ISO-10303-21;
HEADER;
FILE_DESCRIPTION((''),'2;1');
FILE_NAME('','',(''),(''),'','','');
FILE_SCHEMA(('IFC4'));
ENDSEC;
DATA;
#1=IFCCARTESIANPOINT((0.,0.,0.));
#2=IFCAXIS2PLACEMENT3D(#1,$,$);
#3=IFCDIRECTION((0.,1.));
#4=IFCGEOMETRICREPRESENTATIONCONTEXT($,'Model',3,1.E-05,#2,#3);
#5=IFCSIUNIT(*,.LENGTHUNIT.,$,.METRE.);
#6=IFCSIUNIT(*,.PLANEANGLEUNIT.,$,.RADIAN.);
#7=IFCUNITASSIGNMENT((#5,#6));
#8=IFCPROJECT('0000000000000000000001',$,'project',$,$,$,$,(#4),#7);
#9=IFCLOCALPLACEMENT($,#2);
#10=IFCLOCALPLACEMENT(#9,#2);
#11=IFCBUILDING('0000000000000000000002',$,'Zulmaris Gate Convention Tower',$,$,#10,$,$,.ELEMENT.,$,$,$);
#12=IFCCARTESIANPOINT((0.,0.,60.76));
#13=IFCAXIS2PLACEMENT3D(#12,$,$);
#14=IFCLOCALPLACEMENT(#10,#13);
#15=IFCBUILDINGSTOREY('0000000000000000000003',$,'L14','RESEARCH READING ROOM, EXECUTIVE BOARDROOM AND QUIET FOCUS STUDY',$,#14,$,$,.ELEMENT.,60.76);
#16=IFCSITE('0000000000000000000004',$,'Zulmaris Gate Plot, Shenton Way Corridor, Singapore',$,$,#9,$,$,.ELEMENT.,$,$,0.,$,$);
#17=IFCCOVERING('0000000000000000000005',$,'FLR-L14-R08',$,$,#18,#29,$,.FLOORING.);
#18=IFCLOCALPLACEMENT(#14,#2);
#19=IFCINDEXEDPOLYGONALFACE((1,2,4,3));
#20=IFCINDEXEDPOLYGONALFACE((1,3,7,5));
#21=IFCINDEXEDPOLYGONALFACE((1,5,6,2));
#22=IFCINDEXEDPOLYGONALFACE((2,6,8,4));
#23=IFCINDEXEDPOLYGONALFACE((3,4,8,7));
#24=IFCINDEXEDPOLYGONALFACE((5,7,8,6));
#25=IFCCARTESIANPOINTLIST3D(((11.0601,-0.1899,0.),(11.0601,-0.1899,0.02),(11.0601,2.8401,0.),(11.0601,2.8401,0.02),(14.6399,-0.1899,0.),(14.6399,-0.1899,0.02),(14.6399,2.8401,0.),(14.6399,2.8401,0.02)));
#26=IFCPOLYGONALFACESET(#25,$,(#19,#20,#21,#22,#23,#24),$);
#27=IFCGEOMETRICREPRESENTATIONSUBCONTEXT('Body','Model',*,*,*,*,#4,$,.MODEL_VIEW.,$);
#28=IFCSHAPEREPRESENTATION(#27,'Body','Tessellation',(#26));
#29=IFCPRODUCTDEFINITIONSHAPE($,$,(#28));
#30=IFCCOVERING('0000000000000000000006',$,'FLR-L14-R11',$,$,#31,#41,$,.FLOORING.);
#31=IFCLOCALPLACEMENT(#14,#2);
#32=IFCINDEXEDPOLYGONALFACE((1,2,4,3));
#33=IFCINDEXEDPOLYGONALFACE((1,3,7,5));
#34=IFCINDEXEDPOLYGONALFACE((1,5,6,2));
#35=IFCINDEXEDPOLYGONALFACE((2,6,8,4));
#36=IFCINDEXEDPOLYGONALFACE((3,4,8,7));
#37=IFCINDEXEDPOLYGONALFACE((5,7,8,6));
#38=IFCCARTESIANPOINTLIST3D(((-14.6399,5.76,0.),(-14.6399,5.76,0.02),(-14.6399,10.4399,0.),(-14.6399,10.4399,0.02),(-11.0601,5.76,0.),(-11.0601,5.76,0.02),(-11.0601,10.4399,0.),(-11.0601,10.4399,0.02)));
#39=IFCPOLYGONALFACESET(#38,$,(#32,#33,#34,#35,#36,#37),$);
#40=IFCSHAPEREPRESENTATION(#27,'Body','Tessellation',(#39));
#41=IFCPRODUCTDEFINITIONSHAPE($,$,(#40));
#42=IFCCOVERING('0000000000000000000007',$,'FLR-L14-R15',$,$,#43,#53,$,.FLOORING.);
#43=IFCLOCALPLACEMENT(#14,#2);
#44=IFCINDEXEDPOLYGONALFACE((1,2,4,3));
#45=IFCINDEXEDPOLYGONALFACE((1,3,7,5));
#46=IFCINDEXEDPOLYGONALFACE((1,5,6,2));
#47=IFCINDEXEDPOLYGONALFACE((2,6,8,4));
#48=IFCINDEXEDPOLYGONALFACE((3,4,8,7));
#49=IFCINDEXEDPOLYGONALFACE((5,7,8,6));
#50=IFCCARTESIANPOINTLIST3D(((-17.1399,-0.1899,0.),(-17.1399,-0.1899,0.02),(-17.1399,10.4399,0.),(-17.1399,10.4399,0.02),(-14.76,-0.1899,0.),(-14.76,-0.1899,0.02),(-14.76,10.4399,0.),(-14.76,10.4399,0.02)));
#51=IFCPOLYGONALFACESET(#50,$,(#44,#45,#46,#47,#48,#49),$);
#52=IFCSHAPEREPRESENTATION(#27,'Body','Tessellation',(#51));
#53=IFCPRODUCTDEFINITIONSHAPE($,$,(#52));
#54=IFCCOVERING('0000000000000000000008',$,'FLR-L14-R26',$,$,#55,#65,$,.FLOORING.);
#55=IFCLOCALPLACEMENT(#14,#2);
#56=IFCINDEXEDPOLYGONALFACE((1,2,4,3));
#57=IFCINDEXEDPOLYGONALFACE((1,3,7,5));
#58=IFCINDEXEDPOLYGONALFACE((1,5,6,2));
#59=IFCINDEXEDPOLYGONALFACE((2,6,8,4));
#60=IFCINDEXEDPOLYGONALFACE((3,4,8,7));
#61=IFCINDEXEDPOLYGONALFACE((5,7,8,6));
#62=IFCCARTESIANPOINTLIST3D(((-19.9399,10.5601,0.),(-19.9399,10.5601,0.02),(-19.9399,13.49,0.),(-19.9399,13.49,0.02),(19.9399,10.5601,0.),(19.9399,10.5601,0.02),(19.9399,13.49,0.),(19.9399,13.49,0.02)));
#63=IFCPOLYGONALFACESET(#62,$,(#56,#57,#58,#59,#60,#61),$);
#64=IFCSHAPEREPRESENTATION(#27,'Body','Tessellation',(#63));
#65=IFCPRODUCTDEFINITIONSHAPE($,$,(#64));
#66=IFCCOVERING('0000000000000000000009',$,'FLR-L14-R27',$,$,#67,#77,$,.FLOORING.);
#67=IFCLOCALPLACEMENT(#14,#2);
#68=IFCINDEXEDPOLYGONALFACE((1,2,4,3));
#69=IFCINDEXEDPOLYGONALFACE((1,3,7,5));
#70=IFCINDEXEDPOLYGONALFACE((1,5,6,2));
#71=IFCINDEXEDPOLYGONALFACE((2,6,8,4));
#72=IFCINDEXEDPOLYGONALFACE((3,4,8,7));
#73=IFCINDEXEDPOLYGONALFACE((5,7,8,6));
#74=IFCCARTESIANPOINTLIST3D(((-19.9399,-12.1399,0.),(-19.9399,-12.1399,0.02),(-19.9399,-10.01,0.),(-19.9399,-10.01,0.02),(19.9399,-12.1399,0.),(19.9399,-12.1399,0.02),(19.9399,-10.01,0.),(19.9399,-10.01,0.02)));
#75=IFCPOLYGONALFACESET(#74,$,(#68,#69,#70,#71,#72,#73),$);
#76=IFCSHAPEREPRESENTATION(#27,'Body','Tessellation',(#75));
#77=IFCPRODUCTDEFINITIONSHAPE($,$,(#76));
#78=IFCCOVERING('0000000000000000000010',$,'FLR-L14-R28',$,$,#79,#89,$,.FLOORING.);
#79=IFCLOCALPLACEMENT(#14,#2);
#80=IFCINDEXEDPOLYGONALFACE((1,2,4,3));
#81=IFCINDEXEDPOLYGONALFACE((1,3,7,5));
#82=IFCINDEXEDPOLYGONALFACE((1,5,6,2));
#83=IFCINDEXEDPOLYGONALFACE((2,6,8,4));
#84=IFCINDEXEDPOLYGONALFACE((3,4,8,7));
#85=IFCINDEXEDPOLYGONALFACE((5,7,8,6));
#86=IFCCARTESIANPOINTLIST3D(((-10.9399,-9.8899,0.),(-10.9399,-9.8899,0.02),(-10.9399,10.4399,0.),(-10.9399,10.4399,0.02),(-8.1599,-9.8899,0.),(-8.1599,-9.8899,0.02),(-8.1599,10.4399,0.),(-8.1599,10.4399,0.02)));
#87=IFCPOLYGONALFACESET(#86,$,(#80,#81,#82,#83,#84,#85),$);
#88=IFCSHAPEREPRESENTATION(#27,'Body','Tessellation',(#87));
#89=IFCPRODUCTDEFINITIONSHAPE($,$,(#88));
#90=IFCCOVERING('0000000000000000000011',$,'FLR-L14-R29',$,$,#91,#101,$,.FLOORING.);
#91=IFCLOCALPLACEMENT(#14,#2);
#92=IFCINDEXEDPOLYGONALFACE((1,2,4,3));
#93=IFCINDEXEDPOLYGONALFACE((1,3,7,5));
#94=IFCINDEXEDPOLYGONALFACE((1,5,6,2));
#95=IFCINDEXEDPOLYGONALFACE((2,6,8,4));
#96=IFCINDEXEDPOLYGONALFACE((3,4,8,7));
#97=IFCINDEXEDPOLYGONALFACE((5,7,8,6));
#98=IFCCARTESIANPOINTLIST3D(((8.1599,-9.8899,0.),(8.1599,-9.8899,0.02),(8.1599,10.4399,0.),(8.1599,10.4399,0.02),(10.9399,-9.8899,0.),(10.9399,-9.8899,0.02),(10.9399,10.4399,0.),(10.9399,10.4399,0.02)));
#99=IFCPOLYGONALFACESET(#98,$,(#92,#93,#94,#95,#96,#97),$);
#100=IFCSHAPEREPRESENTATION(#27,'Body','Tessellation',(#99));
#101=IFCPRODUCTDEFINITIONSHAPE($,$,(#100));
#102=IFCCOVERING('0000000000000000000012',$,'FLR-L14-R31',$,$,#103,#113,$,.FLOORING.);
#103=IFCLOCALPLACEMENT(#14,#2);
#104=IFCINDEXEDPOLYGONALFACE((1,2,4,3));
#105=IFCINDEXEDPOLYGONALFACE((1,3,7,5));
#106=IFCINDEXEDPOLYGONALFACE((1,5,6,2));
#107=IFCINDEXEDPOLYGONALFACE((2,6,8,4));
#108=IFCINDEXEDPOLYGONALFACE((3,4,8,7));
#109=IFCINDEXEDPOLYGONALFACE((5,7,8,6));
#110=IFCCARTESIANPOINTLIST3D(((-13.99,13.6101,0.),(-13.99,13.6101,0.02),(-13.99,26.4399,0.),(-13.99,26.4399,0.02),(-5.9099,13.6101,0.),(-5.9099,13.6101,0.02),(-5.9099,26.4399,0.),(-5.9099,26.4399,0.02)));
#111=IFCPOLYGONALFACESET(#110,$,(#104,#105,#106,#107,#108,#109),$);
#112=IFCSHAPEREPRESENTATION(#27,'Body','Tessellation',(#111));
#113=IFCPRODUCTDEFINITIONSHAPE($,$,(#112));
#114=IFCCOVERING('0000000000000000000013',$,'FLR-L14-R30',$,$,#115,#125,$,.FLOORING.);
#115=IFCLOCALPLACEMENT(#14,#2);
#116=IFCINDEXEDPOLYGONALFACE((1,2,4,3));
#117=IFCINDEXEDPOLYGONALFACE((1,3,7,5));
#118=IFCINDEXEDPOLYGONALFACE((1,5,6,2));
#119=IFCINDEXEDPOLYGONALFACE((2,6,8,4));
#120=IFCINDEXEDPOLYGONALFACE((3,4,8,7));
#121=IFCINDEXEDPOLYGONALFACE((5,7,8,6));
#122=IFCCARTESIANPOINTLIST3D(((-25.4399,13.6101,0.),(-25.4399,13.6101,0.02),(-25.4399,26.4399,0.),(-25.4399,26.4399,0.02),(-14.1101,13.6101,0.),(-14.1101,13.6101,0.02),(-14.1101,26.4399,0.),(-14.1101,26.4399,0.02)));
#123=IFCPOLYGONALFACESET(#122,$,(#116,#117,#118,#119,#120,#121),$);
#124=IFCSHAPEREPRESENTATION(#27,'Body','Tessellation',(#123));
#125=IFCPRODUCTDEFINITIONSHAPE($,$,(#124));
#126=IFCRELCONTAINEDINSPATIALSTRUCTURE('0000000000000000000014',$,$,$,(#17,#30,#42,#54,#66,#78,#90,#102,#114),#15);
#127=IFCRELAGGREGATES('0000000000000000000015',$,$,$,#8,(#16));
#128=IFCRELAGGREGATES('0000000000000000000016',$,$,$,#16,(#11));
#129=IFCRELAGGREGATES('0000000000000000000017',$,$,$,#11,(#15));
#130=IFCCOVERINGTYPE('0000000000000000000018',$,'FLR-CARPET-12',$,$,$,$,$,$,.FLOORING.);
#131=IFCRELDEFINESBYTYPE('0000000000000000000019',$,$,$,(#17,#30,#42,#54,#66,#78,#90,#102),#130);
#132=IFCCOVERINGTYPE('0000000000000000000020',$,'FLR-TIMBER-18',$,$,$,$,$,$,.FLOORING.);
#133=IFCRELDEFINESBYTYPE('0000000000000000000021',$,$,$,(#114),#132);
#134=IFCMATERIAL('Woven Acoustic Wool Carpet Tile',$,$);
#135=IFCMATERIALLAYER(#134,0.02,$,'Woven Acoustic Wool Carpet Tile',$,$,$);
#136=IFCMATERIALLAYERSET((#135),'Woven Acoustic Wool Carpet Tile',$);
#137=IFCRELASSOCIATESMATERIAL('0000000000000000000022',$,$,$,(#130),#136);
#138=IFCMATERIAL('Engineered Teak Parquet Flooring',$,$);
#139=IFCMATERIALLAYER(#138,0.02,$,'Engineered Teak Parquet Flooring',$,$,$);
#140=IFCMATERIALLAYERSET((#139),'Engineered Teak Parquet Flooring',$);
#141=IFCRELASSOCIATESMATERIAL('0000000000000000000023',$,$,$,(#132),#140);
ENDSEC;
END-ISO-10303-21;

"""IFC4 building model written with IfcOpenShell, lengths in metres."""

from ifc_helpers import new_model, si_unit, direction, frame, origin, place, context, subcontext, project, spatial, polyline, outline, extrude, material, layer, layer_set, type_object, element, save


model = new_model("IFC4")

# Units and contexts
model_context = context("Model", 3, precision=1e-05, world=origin(), true_north=direction((0.0, 1.0)))
body_context = subcontext(model_context, "Body", "Model", "MODEL_VIEW")
ifc_project = project(units=[si_unit("LENGTHUNIT", "METRE"), si_unit("PLANEANGLEUNIT", "RADIAN")], contexts=[model_context])

# Site, building, storey
site_placement = place(None, origin())
site = spatial("IfcSite", under=ifc_project, at=site_placement, Name="Zulmaris Gate Plot, Shenton Way Corridor, Singapore", CompositionType="ELEMENT", RefElevation=0.0)
building_placement = place(site_placement, origin())
building = spatial("IfcBuilding", under=site, at=building_placement, Name="Zulmaris Gate Convention Tower", CompositionType="ELEMENT")
storey_placement = place(building_placement, frame((0.0, 0.0, 60.76)))
storey = spatial("IfcBuildingStorey", under=building, at=storey_placement, Name="L14", Description="RESEARCH READING ROOM, EXECUTIVE BOARDROOM AND QUIET FOCUS STUDY", CompositionType="ELEMENT", Elevation=60.76)

# Coverings
ifc_material_1 = material(Name="Woven Acoustic Wool Carpet Tile")
ifc_layer_1 = layer(ifc_material_1, 0.02, Name="Woven Acoustic Wool Carpet Tile")
ifc_layer_set_1 = layer_set([ifc_layer_1], Name="Woven Acoustic Wool Carpet Tile")
covering_type_1 = type_object("IfcCoveringType", Name="FLR-CARPET-12", PredefinedType="FLOORING", material=ifc_layer_set_1)
covering_1_placement = place(storey_placement, origin())
element("IfcCovering", 1, at=covering_1_placement, inside=storey, type_object=covering_type_1, Name="FLR-L14-R08", PredefinedType="FLOORING", context=body_context, shape_type="SweptSolid", body=[
    extrude(outline(polyline([(11.0601, -0.1899), (14.6399, -0.1899), (14.6399, 2.8401), (11.0601, 2.8401), (11.0601, -0.1899)])), origin(), (0.0, 0.0, 1.0), 0.02),
])
covering_2_placement = place(storey_placement, origin())
element("IfcCovering", 2, at=covering_2_placement, inside=storey, type_object=covering_type_1, Name="FLR-L14-R11", PredefinedType="FLOORING", context=body_context, shape_type="SweptSolid", body=[
    extrude(outline(polyline([(-14.6399, 5.76), (-11.0601, 5.76), (-11.0601, 10.4399), (-14.6399, 10.4399), (-14.6399, 5.76)])), origin(), (0.0, 0.0, 1.0), 0.02),
])
covering_3_placement = place(storey_placement, origin())
element("IfcCovering", 3, at=covering_3_placement, inside=storey, type_object=covering_type_1, Name="FLR-L14-R15", PredefinedType="FLOORING", context=body_context, shape_type="SweptSolid", body=[
    extrude(outline(polyline([(-17.1399, -0.1899), (-14.76, -0.1899), (-14.76, 10.4399), (-17.1399, 10.4399), (-17.1399, -0.1899)])), origin(), (0.0, 0.0, 1.0), 0.02),
])
covering_4_placement = place(storey_placement, origin())
element("IfcCovering", 4, at=covering_4_placement, inside=storey, type_object=covering_type_1, Name="FLR-L14-R26", PredefinedType="FLOORING", context=body_context, shape_type="SweptSolid", body=[
    extrude(outline(polyline([(-19.9399, 10.5601), (19.9399, 10.5601), (19.9399, 13.49), (-19.9399, 13.49), (-19.9399, 10.5601)])), origin(), (0.0, 0.0, 1.0), 0.02),
])
covering_5_placement = place(storey_placement, origin())
element("IfcCovering", 5, at=covering_5_placement, inside=storey, type_object=covering_type_1, Name="FLR-L14-R27", PredefinedType="FLOORING", context=body_context, shape_type="SweptSolid", body=[
    extrude(outline(polyline([(-19.9399, -12.1399), (19.9399, -12.1399), (19.9399, -10.01), (-19.9399, -10.01), (-19.9399, -12.1399)])), origin(), (0.0, 0.0, 1.0), 0.02),
])
covering_6_placement = place(storey_placement, origin())
element("IfcCovering", 6, at=covering_6_placement, inside=storey, type_object=covering_type_1, Name="FLR-L14-R28", PredefinedType="FLOORING", context=body_context, shape_type="SweptSolid", body=[
    extrude(outline(polyline([(-10.9399, -9.8899), (-8.1599, -9.8899), (-8.1599, 10.4399), (-10.9399, 10.4399), (-10.9399, -9.8899)])), origin(), (0.0, 0.0, 1.0), 0.02),
])
covering_7_placement = place(storey_placement, origin())
element("IfcCovering", 7, at=covering_7_placement, inside=storey, type_object=covering_type_1, Name="FLR-L14-R29", PredefinedType="FLOORING", context=body_context, shape_type="SweptSolid", body=[
    extrude(outline(polyline([(8.1599, -9.8899), (10.9399, -9.8899), (10.9399, 10.4399), (8.1599, 10.4399), (8.1599, -9.8899)])), origin(), (0.0, 0.0, 1.0), 0.02),
])
covering_8_placement = place(storey_placement, origin())
element("IfcCovering", 8, at=covering_8_placement, inside=storey, type_object=covering_type_1, Name="FLR-L14-R31", PredefinedType="FLOORING", context=body_context, shape_type="SweptSolid", body=[
    extrude(outline(polyline([(-13.99, 13.6101), (-5.9099, 13.6101), (-5.9099, 26.4399), (-13.99, 26.4399), (-13.99, 13.6101)])), origin(), (0.0, 0.0, 1.0), 0.02),
])
ifc_material_2 = material(Name="Engineered Teak Parquet Flooring")
ifc_layer_2 = layer(ifc_material_2, 0.02, Name="Engineered Teak Parquet Flooring")
ifc_layer_set_2 = layer_set([ifc_layer_2], Name="Engineered Teak Parquet Flooring")
covering_type_2 = type_object("IfcCoveringType", Name="FLR-TIMBER-18", PredefinedType="FLOORING", material=ifc_layer_set_2)
covering_9_placement = place(storey_placement, origin())
element("IfcCovering", 9, at=covering_9_placement, inside=storey, type_object=covering_type_2, Name="FLR-L14-R30", PredefinedType="FLOORING", context=body_context, shape_type="SweptSolid", body=[
    extrude(outline(polyline([(-25.4399, 13.6101), (-14.1101, 13.6101), (-14.1101, 26.4399), (-25.4399, 26.4399), (-25.4399, 13.6101)])), origin(), (0.0, 0.0, 1.0), 0.02),
])

save(model, "model.ifc")
